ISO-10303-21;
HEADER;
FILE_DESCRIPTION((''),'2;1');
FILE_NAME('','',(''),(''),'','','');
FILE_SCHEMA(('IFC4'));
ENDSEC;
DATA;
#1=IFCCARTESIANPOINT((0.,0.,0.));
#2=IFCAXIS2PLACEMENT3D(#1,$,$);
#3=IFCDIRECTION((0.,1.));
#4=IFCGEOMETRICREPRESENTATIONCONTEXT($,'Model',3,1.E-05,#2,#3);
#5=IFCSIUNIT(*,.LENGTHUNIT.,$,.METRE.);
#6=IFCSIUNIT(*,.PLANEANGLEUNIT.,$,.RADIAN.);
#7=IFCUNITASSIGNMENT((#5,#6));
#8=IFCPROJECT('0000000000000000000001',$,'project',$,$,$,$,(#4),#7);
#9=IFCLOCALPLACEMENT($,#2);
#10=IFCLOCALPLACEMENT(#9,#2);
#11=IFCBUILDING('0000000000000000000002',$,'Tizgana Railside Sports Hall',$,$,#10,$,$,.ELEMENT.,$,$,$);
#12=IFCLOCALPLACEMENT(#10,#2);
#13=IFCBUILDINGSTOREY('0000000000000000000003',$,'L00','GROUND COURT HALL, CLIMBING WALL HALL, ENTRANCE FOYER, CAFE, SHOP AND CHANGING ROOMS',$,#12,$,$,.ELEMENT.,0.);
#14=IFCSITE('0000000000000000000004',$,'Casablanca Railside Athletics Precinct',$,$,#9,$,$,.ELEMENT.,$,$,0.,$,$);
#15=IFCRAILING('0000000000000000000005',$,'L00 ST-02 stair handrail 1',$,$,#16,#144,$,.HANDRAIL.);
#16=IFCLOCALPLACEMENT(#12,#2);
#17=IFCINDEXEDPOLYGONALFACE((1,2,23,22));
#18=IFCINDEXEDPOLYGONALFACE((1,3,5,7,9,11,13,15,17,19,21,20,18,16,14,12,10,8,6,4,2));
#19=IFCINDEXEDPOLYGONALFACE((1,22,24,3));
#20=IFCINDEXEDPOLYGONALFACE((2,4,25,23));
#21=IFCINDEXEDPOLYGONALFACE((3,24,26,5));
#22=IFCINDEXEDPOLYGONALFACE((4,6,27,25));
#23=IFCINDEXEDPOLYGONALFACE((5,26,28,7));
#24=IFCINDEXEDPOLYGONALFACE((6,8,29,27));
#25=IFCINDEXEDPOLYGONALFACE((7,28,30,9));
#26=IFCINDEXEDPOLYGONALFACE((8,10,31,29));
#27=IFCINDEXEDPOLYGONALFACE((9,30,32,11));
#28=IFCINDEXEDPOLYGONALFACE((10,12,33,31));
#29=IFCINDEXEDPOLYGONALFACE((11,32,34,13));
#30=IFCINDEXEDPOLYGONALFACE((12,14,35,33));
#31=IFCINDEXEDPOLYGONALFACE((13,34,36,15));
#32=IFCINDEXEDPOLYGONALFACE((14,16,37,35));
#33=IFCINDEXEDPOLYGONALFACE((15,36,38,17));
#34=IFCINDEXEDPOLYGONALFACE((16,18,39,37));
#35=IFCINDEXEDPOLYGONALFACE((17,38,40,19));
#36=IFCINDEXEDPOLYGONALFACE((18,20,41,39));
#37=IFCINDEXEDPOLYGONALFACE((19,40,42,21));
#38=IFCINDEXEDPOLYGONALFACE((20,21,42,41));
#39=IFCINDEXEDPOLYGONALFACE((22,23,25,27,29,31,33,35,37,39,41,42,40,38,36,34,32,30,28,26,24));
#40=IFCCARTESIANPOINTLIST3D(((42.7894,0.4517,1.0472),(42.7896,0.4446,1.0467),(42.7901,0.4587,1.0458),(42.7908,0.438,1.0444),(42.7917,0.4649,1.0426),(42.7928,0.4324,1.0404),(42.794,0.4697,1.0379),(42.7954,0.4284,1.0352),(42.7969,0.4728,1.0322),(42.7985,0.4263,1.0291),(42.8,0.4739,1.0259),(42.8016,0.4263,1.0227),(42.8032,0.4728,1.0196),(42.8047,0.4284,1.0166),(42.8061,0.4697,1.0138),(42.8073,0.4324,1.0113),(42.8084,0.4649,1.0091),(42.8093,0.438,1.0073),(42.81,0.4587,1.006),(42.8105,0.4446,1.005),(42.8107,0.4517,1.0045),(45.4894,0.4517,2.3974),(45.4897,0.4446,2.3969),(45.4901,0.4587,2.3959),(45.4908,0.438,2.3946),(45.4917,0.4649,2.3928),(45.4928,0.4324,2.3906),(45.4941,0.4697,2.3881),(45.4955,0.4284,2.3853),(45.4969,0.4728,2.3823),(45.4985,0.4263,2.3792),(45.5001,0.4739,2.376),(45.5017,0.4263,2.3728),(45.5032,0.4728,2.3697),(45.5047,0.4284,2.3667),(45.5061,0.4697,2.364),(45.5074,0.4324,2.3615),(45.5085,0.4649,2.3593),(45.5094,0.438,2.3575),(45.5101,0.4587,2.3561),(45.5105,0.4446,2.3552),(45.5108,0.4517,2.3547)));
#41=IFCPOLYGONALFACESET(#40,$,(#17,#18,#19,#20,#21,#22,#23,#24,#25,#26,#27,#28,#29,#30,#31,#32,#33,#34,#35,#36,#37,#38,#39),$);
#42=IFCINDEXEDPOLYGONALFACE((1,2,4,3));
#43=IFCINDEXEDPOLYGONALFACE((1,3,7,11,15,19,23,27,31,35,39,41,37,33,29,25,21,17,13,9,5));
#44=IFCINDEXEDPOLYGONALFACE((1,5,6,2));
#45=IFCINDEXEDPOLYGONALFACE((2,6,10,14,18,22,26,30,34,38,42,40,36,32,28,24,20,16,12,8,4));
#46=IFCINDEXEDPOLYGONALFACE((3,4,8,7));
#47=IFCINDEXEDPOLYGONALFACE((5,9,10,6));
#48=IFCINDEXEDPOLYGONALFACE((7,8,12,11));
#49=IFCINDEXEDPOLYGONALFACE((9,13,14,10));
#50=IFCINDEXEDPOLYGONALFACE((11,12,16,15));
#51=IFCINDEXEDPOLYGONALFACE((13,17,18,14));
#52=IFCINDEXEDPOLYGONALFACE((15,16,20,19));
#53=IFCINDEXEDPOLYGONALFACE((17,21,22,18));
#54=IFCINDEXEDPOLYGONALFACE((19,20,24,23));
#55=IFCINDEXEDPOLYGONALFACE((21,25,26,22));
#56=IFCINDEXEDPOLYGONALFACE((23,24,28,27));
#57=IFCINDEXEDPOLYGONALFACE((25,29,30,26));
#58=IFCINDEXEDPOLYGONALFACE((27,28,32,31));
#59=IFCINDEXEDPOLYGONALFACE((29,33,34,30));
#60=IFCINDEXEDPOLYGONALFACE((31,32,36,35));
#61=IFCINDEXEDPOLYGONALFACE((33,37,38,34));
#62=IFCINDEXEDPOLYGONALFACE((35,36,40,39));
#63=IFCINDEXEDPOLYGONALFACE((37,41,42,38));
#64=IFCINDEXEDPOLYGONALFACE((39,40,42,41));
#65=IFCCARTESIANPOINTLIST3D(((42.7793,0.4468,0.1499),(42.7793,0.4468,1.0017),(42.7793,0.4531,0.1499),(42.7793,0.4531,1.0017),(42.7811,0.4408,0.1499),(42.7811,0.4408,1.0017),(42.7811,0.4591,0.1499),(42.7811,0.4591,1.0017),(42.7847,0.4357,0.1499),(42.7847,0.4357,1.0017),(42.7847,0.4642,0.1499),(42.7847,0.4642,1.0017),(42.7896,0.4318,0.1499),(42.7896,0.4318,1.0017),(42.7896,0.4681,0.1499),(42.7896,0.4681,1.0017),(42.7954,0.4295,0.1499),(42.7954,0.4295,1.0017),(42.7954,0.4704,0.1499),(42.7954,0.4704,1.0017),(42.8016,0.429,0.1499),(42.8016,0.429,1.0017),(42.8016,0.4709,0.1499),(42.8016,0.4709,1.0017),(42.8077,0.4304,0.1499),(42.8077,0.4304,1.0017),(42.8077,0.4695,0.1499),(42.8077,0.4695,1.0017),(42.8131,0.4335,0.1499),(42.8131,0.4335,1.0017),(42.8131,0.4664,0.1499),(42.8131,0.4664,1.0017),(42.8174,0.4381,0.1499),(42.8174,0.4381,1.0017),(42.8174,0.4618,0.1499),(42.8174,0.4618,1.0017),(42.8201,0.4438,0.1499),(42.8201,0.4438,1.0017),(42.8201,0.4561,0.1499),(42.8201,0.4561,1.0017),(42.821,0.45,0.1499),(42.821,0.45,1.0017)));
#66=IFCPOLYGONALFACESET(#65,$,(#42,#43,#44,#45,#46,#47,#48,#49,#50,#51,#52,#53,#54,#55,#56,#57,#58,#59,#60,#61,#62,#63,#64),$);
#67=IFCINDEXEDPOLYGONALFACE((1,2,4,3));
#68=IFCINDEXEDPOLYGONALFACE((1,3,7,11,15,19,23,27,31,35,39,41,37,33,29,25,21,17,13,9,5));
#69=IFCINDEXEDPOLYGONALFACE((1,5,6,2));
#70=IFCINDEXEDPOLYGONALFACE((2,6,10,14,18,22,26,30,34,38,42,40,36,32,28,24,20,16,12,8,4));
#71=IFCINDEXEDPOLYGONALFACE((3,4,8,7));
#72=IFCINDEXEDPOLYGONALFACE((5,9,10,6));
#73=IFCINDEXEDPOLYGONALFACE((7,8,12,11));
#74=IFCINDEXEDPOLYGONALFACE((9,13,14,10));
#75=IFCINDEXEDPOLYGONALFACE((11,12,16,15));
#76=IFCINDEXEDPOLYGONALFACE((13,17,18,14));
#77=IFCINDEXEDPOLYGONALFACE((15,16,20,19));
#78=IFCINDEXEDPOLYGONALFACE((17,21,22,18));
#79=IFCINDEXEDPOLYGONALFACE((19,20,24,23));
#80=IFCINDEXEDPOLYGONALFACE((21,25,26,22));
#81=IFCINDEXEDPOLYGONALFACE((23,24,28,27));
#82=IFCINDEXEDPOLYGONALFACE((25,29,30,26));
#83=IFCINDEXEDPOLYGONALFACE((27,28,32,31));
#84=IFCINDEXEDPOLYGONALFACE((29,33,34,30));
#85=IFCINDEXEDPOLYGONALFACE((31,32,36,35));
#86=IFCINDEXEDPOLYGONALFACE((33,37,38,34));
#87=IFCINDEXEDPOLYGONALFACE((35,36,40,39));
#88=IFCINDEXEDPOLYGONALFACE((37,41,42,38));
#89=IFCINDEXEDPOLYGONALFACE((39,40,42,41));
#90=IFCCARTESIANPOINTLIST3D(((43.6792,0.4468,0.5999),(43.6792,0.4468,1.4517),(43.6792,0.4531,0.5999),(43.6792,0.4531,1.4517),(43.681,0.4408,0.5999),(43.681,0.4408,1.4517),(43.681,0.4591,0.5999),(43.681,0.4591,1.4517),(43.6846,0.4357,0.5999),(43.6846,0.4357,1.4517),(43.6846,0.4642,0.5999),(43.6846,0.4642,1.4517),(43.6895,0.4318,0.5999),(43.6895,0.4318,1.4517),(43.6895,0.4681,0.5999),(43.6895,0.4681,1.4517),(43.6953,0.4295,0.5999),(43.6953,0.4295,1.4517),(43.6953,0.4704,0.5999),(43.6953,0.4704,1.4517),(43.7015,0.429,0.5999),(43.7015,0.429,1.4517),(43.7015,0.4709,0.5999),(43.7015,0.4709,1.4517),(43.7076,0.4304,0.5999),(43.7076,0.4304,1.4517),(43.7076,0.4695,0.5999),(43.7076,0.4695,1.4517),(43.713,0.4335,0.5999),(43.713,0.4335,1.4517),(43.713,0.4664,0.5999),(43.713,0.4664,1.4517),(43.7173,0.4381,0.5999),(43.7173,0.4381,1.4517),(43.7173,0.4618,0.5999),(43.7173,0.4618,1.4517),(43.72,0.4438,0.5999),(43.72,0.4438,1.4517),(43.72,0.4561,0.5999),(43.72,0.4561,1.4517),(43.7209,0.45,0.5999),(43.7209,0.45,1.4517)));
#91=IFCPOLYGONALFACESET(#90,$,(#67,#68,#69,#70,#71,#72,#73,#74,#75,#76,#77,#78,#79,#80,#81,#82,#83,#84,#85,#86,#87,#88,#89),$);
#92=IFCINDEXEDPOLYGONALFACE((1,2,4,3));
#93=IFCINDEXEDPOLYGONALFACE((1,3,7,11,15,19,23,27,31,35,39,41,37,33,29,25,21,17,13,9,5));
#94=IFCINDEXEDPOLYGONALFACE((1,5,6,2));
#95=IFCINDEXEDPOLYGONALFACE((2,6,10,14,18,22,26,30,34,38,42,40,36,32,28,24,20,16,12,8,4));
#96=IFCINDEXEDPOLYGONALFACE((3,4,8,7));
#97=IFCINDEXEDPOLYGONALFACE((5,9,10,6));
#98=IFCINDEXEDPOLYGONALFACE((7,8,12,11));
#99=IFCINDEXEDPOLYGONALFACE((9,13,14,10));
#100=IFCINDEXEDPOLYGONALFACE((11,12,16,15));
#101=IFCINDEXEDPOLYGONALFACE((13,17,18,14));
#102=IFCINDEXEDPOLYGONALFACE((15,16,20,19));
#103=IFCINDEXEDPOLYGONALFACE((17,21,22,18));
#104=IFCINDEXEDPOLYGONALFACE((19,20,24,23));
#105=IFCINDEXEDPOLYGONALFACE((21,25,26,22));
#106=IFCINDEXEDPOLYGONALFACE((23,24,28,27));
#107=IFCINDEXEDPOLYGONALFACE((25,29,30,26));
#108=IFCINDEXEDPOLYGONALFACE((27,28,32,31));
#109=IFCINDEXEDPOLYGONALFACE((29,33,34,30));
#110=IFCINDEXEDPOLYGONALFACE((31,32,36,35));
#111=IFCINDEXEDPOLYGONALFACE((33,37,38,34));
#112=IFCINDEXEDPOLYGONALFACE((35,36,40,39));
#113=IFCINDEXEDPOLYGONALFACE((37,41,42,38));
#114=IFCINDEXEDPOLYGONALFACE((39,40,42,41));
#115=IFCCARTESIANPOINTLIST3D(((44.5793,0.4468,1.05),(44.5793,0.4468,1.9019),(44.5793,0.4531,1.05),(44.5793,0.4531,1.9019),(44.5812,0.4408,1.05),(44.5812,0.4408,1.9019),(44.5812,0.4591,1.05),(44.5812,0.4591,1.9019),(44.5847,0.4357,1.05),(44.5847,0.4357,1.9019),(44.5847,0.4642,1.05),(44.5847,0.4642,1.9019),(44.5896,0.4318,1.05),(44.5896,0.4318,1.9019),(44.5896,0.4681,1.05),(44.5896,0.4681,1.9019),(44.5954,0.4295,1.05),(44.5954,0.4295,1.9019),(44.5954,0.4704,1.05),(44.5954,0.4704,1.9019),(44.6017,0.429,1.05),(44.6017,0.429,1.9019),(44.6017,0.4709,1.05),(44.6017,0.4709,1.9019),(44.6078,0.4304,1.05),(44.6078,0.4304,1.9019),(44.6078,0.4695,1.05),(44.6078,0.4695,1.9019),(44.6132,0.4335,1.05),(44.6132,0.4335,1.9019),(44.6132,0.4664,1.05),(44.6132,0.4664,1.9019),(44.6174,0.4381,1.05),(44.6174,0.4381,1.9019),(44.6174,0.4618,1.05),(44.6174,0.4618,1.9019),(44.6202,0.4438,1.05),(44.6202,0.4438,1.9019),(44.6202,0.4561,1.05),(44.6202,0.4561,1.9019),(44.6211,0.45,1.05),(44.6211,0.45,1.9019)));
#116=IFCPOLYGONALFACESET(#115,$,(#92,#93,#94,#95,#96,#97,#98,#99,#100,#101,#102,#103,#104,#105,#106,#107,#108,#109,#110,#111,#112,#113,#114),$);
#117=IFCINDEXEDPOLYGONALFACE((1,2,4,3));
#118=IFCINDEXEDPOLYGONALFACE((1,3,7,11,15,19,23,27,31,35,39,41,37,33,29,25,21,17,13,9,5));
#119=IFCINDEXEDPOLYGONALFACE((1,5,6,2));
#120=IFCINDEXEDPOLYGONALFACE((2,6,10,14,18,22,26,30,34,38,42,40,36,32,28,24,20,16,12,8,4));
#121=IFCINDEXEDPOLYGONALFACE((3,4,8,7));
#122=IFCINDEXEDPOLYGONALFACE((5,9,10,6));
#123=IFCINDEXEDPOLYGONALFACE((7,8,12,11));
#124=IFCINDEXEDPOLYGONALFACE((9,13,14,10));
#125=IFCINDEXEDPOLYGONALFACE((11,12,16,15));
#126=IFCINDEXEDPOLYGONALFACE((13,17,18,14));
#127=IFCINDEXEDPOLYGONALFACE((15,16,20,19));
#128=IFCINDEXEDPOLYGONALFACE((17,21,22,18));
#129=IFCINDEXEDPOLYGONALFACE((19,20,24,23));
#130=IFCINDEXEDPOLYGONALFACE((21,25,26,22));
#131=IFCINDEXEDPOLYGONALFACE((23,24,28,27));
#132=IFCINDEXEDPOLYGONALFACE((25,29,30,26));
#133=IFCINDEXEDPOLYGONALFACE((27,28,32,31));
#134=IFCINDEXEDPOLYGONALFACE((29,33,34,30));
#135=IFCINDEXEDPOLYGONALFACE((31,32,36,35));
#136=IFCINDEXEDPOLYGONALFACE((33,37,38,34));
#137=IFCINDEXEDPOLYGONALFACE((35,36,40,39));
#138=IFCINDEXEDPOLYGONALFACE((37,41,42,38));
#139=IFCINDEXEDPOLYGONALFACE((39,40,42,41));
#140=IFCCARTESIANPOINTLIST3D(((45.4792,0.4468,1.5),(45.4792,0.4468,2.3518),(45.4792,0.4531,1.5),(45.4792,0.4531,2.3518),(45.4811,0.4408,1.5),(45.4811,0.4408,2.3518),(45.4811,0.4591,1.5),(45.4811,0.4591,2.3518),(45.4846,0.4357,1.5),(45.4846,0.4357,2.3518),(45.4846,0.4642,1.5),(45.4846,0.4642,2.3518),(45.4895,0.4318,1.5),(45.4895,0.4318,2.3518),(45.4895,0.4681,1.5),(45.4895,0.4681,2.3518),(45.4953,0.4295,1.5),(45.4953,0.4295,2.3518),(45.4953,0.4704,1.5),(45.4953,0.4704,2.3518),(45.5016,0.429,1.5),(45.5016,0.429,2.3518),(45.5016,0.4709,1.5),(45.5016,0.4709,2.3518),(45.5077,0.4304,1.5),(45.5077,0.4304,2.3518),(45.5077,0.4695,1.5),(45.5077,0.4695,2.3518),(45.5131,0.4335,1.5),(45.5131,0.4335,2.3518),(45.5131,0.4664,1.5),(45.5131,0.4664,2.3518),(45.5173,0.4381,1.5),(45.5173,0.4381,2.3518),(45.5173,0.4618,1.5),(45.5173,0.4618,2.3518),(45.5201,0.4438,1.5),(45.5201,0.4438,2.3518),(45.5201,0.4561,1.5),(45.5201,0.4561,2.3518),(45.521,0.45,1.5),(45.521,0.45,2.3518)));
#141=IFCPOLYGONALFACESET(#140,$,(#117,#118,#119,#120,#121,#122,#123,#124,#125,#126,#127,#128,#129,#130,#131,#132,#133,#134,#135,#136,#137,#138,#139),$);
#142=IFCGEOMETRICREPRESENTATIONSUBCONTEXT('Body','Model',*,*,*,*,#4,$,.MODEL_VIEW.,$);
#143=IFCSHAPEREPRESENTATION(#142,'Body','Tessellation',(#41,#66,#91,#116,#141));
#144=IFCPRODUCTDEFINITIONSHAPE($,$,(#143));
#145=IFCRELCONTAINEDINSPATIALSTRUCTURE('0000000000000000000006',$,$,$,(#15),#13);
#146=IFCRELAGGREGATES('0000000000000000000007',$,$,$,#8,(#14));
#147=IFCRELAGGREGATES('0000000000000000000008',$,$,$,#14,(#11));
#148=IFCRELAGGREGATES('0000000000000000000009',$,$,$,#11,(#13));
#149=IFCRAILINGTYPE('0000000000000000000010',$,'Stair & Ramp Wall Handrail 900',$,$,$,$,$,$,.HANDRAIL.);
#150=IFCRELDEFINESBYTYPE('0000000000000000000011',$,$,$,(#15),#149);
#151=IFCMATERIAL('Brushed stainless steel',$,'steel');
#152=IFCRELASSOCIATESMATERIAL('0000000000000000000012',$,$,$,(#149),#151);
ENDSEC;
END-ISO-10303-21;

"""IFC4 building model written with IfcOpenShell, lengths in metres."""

from ifc_helpers import new_model, si_unit, direction, frame, origin, origin_2d, place, context, subcontext, project, spatial, circle, extrude, material, type_object, element, save


model = new_model("IFC4")

# Units and contexts
model_context = context("Model", 3, precision=1e-05, world=origin(), true_north=direction((0.0, 1.0)))
body_context = subcontext(model_context, "Body", "Model", "MODEL_VIEW")
ifc_project = project(units=[si_unit("LENGTHUNIT", "METRE"), si_unit("PLANEANGLEUNIT", "RADIAN")], contexts=[model_context])

# Site, building, storey
site_placement = place(None, origin())
site = spatial("IfcSite", under=ifc_project, at=site_placement, Name="Casablanca Railside Athletics Precinct", CompositionType="ELEMENT", RefElevation=0.0)
building_placement = place(site_placement, origin())
building = spatial("IfcBuilding", under=site, at=building_placement, Name="Tizgana Railside Sports Hall", CompositionType="ELEMENT")
storey_placement = place(building_placement, origin())
storey = spatial("IfcBuildingStorey", under=building, at=storey_placement, Name="L00", Description="GROUND COURT HALL, CLIMBING WALL HALL, ENTRANCE FOYER, CAFE, SHOP AND CHANGING ROOMS", CompositionType="ELEMENT", Elevation=0.0)

# Railing
ifc_material_1 = material(Name="Brushed stainless steel", Category="steel")
railing_type_1 = type_object("IfcRailingType", Name="Stair & Ramp Wall Handrail 900", PredefinedType="HANDRAIL", material=ifc_material_1)
for number, where, name in (
    (1, (42.8, 0.45, 0.1499), "L00 ST-02 stair handrail 1"),
):
    element("IfcRailing", number, at=place(storey_placement, frame(where)), inside=storey, type_object=railing_type_1, Name=name, PredefinedType="HANDRAIL", context=body_context, shape_type="SweptSolid", body=[
        extrude(circle(Radius=0.0239, at=origin_2d()), frame((0.0, 0.0, 0.876), z_axis=(0.894411, 0.0, 0.447246), x_axis=(0.0, 1.0, 0.0)), (0.0, 0.0, 1.0), 3.0188),
        extrude(circle(Radius=0.021, at=origin_2d()), origin(), (0.0, 0.0, 1.0), 0.8518),
        extrude(circle(Radius=0.021, at=origin_2d()), frame((0.8999, 0.0, 0.45)), (0.0, 0.0, 1.0), 0.8518),
        extrude(circle(Radius=0.021, at=origin_2d()), frame((1.8, 0.0, 0.9001)), (0.0, 0.0, 1.0), 0.8518),
        extrude(circle(Radius=0.021, at=origin_2d()), frame((2.7, 0.0, 1.3501)), (0.0, 0.0, 1.0), 0.8518),
    ])

save(model, "model.ifc")
